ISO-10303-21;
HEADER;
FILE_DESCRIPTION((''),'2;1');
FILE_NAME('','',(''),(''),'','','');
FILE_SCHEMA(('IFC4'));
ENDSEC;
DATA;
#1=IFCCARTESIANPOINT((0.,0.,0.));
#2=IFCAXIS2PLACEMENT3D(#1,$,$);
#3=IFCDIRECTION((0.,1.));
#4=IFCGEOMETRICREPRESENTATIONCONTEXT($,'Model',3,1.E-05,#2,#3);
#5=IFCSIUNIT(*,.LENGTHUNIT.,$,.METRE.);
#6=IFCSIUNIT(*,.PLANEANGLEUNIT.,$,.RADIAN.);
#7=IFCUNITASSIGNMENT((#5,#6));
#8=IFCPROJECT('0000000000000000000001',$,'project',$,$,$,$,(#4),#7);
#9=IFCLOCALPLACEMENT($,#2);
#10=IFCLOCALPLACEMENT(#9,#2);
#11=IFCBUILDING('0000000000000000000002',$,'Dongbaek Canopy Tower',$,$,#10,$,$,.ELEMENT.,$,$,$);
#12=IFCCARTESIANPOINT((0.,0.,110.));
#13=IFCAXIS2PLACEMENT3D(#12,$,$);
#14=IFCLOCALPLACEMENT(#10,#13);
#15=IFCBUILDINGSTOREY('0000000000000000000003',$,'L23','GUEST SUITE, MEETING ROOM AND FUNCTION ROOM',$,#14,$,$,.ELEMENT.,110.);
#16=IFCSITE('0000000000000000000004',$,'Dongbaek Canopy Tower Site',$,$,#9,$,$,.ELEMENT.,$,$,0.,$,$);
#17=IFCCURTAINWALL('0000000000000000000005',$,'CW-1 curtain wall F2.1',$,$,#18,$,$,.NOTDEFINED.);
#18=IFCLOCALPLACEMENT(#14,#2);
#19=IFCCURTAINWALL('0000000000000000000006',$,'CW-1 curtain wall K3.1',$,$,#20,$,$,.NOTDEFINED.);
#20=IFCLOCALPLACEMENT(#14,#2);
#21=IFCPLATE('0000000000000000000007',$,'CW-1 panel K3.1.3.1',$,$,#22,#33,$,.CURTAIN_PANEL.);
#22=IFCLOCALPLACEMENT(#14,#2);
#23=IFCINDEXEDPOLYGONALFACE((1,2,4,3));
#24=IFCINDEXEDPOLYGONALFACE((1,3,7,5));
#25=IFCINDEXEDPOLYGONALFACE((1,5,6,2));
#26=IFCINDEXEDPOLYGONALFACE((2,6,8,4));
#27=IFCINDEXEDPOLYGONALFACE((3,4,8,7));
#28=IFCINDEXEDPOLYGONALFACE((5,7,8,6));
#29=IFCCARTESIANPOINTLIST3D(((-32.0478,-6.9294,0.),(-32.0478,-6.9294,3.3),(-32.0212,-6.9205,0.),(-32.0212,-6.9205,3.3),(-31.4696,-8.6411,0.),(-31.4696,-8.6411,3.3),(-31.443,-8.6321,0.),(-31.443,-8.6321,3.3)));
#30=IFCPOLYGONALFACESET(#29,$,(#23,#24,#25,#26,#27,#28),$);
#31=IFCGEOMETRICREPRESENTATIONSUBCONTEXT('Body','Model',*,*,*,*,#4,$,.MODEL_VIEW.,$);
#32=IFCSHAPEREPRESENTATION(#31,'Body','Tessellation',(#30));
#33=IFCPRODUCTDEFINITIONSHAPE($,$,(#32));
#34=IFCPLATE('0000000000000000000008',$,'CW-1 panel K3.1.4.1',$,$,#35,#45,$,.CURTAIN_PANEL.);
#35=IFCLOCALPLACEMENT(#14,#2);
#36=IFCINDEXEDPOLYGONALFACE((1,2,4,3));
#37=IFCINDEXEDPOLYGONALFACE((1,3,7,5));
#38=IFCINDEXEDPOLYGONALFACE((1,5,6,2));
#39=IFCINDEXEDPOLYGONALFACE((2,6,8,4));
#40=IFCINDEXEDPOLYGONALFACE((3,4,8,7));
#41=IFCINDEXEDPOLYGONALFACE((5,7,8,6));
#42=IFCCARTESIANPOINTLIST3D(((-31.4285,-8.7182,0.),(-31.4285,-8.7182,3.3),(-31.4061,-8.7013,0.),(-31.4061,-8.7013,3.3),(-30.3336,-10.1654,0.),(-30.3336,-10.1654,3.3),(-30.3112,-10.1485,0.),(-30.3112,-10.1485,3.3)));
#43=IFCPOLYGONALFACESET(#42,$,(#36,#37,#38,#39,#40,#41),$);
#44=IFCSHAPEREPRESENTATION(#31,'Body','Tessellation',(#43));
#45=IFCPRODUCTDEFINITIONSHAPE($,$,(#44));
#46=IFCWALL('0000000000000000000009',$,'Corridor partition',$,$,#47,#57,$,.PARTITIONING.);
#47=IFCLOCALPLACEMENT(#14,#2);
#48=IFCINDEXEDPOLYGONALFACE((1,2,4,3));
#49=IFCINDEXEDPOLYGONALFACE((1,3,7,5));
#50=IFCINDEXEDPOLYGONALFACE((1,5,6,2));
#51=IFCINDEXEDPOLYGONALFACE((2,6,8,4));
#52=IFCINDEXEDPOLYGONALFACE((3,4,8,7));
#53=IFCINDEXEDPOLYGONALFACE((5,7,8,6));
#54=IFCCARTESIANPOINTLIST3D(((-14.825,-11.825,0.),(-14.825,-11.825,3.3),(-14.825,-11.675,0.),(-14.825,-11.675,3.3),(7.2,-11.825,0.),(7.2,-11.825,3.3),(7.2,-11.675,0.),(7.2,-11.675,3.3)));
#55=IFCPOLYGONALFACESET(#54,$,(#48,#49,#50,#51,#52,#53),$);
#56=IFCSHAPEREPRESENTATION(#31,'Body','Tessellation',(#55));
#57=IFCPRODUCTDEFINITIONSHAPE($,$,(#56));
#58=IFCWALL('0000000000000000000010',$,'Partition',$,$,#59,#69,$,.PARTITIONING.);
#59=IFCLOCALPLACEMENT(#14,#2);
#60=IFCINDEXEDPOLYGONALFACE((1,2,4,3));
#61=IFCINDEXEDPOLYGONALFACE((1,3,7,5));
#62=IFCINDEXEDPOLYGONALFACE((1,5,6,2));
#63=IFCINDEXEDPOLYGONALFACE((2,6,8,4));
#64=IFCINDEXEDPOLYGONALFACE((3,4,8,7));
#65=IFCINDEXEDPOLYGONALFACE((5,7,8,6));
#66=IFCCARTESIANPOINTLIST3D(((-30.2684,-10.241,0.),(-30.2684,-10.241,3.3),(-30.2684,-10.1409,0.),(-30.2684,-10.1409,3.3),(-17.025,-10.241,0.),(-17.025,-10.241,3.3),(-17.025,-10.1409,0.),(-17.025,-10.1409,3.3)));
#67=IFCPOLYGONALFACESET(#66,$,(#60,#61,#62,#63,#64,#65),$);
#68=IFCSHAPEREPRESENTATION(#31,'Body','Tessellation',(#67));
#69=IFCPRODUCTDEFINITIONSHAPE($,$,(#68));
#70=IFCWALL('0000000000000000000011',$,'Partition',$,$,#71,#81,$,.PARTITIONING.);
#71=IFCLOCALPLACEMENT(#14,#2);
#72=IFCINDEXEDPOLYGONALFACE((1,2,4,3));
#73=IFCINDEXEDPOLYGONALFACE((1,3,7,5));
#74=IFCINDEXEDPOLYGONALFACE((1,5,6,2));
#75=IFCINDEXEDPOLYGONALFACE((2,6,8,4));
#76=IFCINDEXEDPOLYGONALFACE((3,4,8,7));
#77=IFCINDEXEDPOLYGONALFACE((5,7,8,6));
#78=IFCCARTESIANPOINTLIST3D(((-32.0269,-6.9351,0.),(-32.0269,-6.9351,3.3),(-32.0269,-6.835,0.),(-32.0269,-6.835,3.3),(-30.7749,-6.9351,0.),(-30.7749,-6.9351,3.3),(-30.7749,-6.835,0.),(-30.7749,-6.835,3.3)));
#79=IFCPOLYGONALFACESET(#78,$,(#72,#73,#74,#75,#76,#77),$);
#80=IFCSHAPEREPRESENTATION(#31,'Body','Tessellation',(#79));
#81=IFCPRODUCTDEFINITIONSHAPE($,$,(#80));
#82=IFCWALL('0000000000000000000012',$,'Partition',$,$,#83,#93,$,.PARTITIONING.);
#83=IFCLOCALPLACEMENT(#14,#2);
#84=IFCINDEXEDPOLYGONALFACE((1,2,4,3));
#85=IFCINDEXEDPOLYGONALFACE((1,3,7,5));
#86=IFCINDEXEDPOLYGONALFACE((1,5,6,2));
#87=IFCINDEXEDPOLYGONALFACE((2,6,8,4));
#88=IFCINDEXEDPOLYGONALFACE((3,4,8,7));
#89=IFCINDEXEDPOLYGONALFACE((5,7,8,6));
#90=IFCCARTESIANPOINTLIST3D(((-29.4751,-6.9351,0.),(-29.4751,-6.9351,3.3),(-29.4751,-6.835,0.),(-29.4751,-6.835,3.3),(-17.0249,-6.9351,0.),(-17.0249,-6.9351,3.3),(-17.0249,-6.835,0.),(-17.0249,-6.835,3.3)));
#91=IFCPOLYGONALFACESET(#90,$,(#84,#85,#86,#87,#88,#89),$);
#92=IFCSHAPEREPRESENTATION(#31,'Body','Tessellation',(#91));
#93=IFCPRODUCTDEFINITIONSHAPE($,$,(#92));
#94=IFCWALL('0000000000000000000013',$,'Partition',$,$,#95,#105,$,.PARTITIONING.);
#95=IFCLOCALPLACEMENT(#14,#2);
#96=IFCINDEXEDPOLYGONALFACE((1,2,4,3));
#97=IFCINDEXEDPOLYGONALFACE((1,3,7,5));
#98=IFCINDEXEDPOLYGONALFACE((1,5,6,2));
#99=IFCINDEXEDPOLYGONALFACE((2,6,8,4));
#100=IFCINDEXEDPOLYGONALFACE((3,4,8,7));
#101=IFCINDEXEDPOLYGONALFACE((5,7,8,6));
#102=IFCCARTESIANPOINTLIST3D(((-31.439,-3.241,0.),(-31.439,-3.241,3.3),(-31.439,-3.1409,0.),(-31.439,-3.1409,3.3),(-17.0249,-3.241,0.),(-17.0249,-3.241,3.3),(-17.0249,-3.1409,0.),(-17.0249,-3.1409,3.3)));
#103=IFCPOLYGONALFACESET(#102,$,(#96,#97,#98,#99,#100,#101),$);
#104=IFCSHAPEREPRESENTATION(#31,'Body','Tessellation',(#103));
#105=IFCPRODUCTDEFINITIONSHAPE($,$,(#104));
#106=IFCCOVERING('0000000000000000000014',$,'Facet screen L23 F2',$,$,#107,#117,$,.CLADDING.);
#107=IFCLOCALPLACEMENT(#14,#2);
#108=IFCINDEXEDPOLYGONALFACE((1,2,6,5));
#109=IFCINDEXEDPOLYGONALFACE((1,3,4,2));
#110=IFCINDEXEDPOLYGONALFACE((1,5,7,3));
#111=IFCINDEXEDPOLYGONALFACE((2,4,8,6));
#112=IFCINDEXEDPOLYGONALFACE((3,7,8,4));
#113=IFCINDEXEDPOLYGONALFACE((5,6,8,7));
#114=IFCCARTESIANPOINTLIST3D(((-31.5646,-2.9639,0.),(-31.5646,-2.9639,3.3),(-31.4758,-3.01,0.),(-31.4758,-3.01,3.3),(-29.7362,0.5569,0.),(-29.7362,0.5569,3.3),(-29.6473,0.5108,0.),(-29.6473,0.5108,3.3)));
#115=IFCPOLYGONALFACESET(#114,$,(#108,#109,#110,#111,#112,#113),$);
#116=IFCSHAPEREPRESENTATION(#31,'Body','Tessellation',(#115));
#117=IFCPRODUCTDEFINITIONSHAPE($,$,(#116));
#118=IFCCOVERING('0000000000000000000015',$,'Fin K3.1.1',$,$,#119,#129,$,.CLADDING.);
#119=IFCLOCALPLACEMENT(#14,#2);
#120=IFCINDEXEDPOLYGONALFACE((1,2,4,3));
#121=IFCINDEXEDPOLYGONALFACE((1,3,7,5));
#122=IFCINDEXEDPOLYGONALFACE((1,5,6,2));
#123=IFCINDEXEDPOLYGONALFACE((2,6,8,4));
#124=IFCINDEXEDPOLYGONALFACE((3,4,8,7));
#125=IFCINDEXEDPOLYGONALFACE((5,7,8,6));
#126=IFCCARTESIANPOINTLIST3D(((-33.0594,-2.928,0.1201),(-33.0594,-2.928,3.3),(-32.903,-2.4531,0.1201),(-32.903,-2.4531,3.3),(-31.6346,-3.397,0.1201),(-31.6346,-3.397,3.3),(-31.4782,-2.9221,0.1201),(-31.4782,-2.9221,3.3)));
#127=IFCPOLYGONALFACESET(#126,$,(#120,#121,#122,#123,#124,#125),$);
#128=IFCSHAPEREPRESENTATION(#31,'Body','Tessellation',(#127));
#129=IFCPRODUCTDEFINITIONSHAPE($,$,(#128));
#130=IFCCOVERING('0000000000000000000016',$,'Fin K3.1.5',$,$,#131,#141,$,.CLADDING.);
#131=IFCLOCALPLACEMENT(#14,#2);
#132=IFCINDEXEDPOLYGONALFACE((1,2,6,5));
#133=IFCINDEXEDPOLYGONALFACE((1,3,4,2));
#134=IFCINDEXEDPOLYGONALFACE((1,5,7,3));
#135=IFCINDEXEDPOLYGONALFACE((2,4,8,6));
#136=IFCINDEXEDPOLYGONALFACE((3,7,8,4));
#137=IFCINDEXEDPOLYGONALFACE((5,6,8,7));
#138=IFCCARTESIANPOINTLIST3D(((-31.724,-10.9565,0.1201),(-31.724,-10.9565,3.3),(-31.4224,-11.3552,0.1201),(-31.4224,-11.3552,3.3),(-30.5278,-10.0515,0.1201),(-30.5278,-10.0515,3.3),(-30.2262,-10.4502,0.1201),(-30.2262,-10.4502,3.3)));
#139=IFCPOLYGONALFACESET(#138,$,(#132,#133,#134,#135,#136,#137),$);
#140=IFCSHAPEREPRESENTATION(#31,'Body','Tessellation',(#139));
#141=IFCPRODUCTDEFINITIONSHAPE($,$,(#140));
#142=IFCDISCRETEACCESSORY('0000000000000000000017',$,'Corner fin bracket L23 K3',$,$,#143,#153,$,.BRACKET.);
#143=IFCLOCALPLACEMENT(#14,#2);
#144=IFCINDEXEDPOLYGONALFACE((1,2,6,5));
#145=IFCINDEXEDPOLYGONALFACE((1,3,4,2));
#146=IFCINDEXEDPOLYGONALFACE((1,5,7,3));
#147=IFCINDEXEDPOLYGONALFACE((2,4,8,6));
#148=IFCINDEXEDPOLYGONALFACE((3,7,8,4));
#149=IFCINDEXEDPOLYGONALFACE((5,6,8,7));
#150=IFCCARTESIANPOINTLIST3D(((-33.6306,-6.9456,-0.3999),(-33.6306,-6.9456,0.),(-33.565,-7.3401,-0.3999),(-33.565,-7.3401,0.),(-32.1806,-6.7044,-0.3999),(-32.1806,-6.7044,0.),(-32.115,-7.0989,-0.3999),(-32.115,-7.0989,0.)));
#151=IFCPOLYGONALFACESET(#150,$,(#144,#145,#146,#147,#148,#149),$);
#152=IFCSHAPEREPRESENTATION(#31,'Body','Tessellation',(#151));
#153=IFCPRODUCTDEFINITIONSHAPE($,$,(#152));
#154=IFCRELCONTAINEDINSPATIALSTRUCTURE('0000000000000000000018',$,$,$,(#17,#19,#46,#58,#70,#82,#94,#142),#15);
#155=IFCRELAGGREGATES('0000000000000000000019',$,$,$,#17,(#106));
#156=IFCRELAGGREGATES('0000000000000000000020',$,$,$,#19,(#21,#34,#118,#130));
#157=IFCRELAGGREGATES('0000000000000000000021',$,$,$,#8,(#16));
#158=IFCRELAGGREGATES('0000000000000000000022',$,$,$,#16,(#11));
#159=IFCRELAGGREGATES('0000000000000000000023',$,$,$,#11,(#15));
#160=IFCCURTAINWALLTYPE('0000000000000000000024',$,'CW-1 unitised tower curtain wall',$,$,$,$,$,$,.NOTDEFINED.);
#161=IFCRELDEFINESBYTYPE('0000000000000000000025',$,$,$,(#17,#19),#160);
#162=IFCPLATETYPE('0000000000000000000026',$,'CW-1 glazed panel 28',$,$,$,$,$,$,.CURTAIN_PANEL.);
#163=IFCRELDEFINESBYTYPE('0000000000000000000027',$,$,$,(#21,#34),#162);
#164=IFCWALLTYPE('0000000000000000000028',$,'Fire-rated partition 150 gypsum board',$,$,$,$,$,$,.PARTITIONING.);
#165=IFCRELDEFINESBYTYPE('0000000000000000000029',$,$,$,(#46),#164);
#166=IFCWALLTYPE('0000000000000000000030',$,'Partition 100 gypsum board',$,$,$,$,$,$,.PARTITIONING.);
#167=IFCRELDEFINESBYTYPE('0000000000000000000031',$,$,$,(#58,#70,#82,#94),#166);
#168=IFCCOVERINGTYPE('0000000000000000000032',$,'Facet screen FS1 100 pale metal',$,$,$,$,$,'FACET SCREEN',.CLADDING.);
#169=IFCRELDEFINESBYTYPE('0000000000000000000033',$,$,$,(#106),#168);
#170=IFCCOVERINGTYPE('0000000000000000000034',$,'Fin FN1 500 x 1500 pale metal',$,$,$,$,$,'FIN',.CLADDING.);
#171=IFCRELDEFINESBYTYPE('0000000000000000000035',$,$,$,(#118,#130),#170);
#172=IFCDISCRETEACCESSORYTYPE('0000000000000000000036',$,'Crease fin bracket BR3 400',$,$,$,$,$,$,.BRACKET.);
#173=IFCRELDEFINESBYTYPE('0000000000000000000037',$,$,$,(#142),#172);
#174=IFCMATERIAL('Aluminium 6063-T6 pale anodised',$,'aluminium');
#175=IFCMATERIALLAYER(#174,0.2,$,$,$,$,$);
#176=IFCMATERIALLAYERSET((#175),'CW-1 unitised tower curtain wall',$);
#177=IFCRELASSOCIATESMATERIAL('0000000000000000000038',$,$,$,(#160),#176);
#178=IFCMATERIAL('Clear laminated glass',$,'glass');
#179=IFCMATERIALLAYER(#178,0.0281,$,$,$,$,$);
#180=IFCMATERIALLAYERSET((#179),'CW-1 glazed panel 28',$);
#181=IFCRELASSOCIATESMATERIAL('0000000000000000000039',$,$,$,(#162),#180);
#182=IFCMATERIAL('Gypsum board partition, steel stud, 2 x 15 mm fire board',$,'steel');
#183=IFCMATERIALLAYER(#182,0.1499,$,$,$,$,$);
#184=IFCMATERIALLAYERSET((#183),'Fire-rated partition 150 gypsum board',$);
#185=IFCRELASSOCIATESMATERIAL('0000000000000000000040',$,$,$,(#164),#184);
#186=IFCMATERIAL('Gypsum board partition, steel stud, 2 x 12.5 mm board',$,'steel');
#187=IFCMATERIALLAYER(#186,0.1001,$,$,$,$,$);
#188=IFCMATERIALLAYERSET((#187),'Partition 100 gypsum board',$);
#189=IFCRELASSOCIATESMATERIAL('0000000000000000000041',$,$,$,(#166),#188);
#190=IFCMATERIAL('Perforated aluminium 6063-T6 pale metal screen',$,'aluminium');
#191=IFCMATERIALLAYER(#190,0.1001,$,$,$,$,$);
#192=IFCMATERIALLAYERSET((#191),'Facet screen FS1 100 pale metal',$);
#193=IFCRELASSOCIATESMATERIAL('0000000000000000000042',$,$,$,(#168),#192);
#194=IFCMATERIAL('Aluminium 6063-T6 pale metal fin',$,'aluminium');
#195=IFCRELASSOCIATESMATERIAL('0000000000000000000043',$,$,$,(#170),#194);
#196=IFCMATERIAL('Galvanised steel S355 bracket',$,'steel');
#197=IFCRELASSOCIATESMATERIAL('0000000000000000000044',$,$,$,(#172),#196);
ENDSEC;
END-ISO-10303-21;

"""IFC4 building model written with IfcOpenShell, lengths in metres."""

from ifc_helpers import new_model, si_unit, direction, frame, frame_2d, origin, origin_2d, place, context, subcontext, project, spatial, rectangle, extrude, material, layer, layer_set, material_profile, profile_set, type_object, element, aggregate, save


model = new_model("IFC4")

# Units and contexts
model_context = context("Model", 3, precision=1e-05, world=origin(), true_north=direction((0.0, 1.0)))
body_context = subcontext(model_context, "Body", "Model", "MODEL_VIEW")
ifc_project = project(units=[si_unit("LENGTHUNIT", "METRE"), si_unit("PLANEANGLEUNIT", "RADIAN")], contexts=[model_context])

# Site, building, storey
site_placement = place(None, origin())
site = spatial("IfcSite", under=ifc_project, at=site_placement, Name="Dongbaek Canopy Tower Site", CompositionType="ELEMENT", RefElevation=0.0)
building_placement = place(site_placement, origin())
building = spatial("IfcBuilding", under=site, at=building_placement, Name="Dongbaek Canopy Tower", CompositionType="ELEMENT")
storey_placement = place(building_placement, frame((0.0, 0.0, 110.0)))
storey = spatial("IfcBuildingStorey", under=building, at=storey_placement, Name="L23", Description="GUEST SUITE, MEETING ROOM AND FUNCTION ROOM", CompositionType="ELEMENT", Elevation=110.0)

# Curtain wall
ifc_material_1 = material(Name="Aluminium 6063-T6 pale anodised", Category="aluminium")
ifc_layer_1 = layer(ifc_material_1, 0.2)
ifc_layer_set_1 = layer_set([ifc_layer_1], Name="CW-1 unitised tower curtain wall")
curtain_wall_type = type_object("IfcCurtainWallType", Name="CW-1 unitised tower curtain wall", PredefinedType="NOTDEFINED", material=ifc_layer_set_1)
curtain_wall_1_placement = place(storey_placement, origin())
curtain_wall_1 = element("IfcCurtainWall", 1, at=curtain_wall_1_placement, inside=storey, type_object=curtain_wall_type, Name="CW-1 curtain wall F2.1", PredefinedType="NOTDEFINED")

# Curtain wall
curtain_wall_2_placement = place(storey_placement, origin())
curtain_wall_2 = element("IfcCurtainWall", 2, at=curtain_wall_2_placement, inside=storey, type_object=curtain_wall_type, Name="CW-1 curtain wall K3.1", PredefinedType="NOTDEFINED")

# Plates
ifc_material_2 = material(Name="Clear laminated glass", Category="glass")
ifc_layer_2 = layer(ifc_material_2, 0.0281)
ifc_layer_set_2 = layer_set([ifc_layer_2], Name="CW-1 glazed panel 28")
plate_type = type_object("IfcPlateType", Name="CW-1 glazed panel 28", PredefinedType="CURTAIN_PANEL", material=ifc_layer_set_2)
plate_1_placement = place(storey_placement, frame((-31.7454, -7.7808, 0.0), z_axis=(0.0, 0.0, 1.0), x_axis=(0.320048, -0.947401, 0.0)))
plate_1 = element("IfcPlate", 3, at=plate_1_placement, type_object=plate_type, Name="CW-1 panel K3.1.3.1", PredefinedType="CURTAIN_PANEL", context=body_context, shape_type="SweptSolid", body=[
    extrude(rectangle(XDim=1.8066, YDim=0.0281, at=origin_2d()), origin(), (0.0, 0.0, 1.0), 3.3),
])
plate_2_placement = place(storey_placement, frame((-30.8699, -9.4333, 0.0), z_axis=(0.0, 0.0, 1.0), x_axis=(0.603344, -0.797481, 0.0)))
plate_2 = element("IfcPlate", 4, at=plate_2_placement, type_object=plate_type, Name="CW-1 panel K3.1.4.1", PredefinedType="CURTAIN_PANEL", context=body_context, shape_type="SweptSolid", body=[
    extrude(rectangle(XDim=1.8147, YDim=0.0281, at=origin_2d()), origin(), (0.0, 0.0, 1.0), 3.3),
])

# Walls
ifc_material_3 = material(Name="Gypsum board partition, steel stud, 2 x 15 mm fire board", Category="steel")
ifc_layer_3 = layer(ifc_material_3, 0.1499)
ifc_layer_set_3 = layer_set([ifc_layer_3], Name="Fire-rated partition 150 gypsum board")
wall_type_1 = type_object("IfcWallType", Name="Fire-rated partition 150 gypsum board", PredefinedType="PARTITIONING", material=ifc_layer_set_3)
wall_1_placement = place(storey_placement, frame((-14.825, -11.75, 0.0), z_axis=(0.0, 0.0, 1.0), x_axis=(1.0, 0.0, 0.0)))
element("IfcWall", 5, at=wall_1_placement, inside=storey, type_object=wall_type_1, Name="Corridor partition", PredefinedType="PARTITIONING", context=body_context, shape_type="SweptSolid", body=[
    extrude(rectangle(XDim=22.0249, YDim=0.1499, at=frame_2d((11.0125, 0.0))), origin(), (0.0, 0.0, 1.0), 3.3),
])
ifc_material_4 = material(Name="Gypsum board partition, steel stud, 2 x 12.5 mm board", Category="steel")
ifc_layer_4 = layer(ifc_material_4, 0.1001)
ifc_layer_set_4 = layer_set([ifc_layer_4], Name="Partition 100 gypsum board")
wall_type_2 = type_object("IfcWallType", Name="Partition 100 gypsum board", PredefinedType="PARTITIONING", material=ifc_layer_set_4)
wall_2_placement = place(storey_placement, frame((-30.2683, -10.1909, 0.0), z_axis=(0.0, 0.0, 1.0), x_axis=(1.0, 0.0, 0.0)))
element("IfcWall", 6, at=wall_2_placement, inside=storey, type_object=wall_type_2, Name="Partition", PredefinedType="PARTITIONING", context=body_context, shape_type="SweptSolid", body=[
    extrude(rectangle(XDim=13.2434, YDim=0.1001, at=frame_2d((6.6216, 0.0))), origin(), (0.0, 0.0, 1.0), 3.3),
])
wall_3_placement = place(storey_placement, frame((-32.0269, -6.885, 0.0), z_axis=(0.0, 0.0, 1.0), x_axis=(1.0, 0.0, 0.0)))
element("IfcWall", 7, at=wall_3_placement, inside=storey, type_object=wall_type_2, Name="Partition", PredefinedType="PARTITIONING", context=body_context, shape_type="SweptSolid", body=[
    extrude(rectangle(XDim=1.252, YDim=0.1001, at=frame_2d((0.626, 0.0))), origin(), (0.0, 0.0, 1.0), 3.3),
])
wall_4_placement = place(storey_placement, frame((-29.4751, -6.885, 0.0), z_axis=(0.0, 0.0, 1.0), x_axis=(1.0, 0.0, 0.0)))
element("IfcWall", 8, at=wall_4_placement, inside=storey, type_object=wall_type_2, Name="Partition", PredefinedType="PARTITIONING", context=body_context, shape_type="SweptSolid", body=[
    extrude(rectangle(XDim=12.4502, YDim=0.1001, at=frame_2d((6.2251, 0.0))), origin(), (0.0, 0.0, 1.0), 3.3),
])
wall_5_placement = place(storey_placement, frame((-31.439, -3.1909, 0.0), z_axis=(0.0, 0.0, 1.0), x_axis=(1.0, 0.0, 0.0)))
element("IfcWall", 9, at=wall_5_placement, inside=storey, type_object=wall_type_2, Name="Partition", PredefinedType="PARTITIONING", context=body_context, shape_type="SweptSolid", body=[
    extrude(rectangle(XDim=14.4141, YDim=0.1001, at=frame_2d((7.207, 0.0))), origin(), (0.0, 0.0, 1.0), 3.3),
])

# Coverings
ifc_material_5 = material(Name="Perforated aluminium 6063-T6 pale metal screen", Category="aluminium")
ifc_layer_5 = layer(ifc_material_5, 0.1001)
ifc_layer_set_5 = layer_set([ifc_layer_5], Name="Facet screen FS1 100 pale metal")
covering_type_1 = type_object("IfcCoveringType", Name="Facet screen FS1 100 pale metal", ElementType="FACET SCREEN", PredefinedType="CLADDING", material=ifc_layer_set_5)
covering_1_placement = place(storey_placement, frame((-30.606, -1.2266, 0.0), z_axis=(0.0, 0.0, 1.0), x_axis=(-0.46088, -0.887463, 0.0)))
covering_1 = element("IfcCovering", 10, at=covering_1_placement, type_object=covering_type_1, Name="Facet screen L23 F2", PredefinedType="CLADDING", context=body_context, shape_type="SweptSolid", body=[
    extrude(rectangle(XDim=3.9673, YDim=0.1001, at=origin_2d()), origin(), (0.0, 0.0, 1.0), 3.3),
])
aggregate(curtain_wall_1, [covering_1])
ifc_material_6 = material(Name="Aluminium 6063-T6 pale metal fin", Category="aluminium")
ifc_material_profile_1 = material_profile(ifc_material_6, rectangle(XDim=1.5, YDim=0.5, at=origin_2d()), Name="Fin FN1 500 x 1500 pale metal")
ifc_profile_set_1 = profile_set([ifc_material_profile_1], Name="Aluminium 6063-T6 pale metal fin")
covering_type_2 = type_object("IfcCoveringType", Name="Fin FN1 500 x 1500 pale metal", ElementType="FIN", PredefinedType="CLADDING", material=ifc_profile_set_1)
covering_2_placement = place(storey_placement, frame((-32.2688, -2.925, 0.1201), z_axis=(0.0, 0.0, 1.0), x_axis=(-0.949852, 0.312699, 0.0)))
covering_2 = element("IfcCovering", 11, at=covering_2_placement, type_object=covering_type_2, Name="Fin K3.1.1", PredefinedType="CLADDING", context=body_context, shape_type="SweptSolid", body=[
    extrude(rectangle(XDim=1.5, YDim=0.5, at=origin_2d()), origin(), (0.0, 0.0, 1.0), 3.1799),
])
covering_3_placement = place(storey_placement, frame((-30.9751, -10.7034, 0.1201), z_axis=(0.0, 0.0, 1.0), x_axis=(-0.797481, -0.603344, 0.0)))
covering_3 = element("IfcCovering", 12, at=covering_3_placement, type_object=covering_type_2, Name="Fin K3.1.5", PredefinedType="CLADDING", context=body_context, shape_type="SweptSolid", body=[
    extrude(rectangle(XDim=1.5, YDim=0.5, at=origin_2d()), origin(), (0.0, 0.0, 1.0), 3.1799),
])
aggregate(curtain_wall_2, [plate_1, plate_2, covering_2, covering_3])

# Discrete accessory
ifc_material_7 = material(Name="Galvanised steel S355 bracket", Category="steel")
discrete_accessory_type = type_object("IfcDiscreteAccessoryType", Name="Crease fin bracket BR3 400", PredefinedType="BRACKET", material=ifc_material_7)
discrete_accessory_placement = place(storey_placement, frame((-32.8728, -7.0222, -0.3999), z_axis=(0.0, 0.0, 1.0), x_axis=(-0.986447, -0.164082, 0.0)))
element("IfcDiscreteAccessory", 13, at=discrete_accessory_placement, inside=storey, type_object=discrete_accessory_type, Name="Corner fin bracket L23 K3", PredefinedType="BRACKET", context=body_context, shape_type="SweptSolid", body=[
    extrude(rectangle(XDim=1.47, YDim=0.3999, at=origin_2d()), origin(), (0.0, 0.0, 1.0), 0.3999),
])

save(model, "model.ifc")
